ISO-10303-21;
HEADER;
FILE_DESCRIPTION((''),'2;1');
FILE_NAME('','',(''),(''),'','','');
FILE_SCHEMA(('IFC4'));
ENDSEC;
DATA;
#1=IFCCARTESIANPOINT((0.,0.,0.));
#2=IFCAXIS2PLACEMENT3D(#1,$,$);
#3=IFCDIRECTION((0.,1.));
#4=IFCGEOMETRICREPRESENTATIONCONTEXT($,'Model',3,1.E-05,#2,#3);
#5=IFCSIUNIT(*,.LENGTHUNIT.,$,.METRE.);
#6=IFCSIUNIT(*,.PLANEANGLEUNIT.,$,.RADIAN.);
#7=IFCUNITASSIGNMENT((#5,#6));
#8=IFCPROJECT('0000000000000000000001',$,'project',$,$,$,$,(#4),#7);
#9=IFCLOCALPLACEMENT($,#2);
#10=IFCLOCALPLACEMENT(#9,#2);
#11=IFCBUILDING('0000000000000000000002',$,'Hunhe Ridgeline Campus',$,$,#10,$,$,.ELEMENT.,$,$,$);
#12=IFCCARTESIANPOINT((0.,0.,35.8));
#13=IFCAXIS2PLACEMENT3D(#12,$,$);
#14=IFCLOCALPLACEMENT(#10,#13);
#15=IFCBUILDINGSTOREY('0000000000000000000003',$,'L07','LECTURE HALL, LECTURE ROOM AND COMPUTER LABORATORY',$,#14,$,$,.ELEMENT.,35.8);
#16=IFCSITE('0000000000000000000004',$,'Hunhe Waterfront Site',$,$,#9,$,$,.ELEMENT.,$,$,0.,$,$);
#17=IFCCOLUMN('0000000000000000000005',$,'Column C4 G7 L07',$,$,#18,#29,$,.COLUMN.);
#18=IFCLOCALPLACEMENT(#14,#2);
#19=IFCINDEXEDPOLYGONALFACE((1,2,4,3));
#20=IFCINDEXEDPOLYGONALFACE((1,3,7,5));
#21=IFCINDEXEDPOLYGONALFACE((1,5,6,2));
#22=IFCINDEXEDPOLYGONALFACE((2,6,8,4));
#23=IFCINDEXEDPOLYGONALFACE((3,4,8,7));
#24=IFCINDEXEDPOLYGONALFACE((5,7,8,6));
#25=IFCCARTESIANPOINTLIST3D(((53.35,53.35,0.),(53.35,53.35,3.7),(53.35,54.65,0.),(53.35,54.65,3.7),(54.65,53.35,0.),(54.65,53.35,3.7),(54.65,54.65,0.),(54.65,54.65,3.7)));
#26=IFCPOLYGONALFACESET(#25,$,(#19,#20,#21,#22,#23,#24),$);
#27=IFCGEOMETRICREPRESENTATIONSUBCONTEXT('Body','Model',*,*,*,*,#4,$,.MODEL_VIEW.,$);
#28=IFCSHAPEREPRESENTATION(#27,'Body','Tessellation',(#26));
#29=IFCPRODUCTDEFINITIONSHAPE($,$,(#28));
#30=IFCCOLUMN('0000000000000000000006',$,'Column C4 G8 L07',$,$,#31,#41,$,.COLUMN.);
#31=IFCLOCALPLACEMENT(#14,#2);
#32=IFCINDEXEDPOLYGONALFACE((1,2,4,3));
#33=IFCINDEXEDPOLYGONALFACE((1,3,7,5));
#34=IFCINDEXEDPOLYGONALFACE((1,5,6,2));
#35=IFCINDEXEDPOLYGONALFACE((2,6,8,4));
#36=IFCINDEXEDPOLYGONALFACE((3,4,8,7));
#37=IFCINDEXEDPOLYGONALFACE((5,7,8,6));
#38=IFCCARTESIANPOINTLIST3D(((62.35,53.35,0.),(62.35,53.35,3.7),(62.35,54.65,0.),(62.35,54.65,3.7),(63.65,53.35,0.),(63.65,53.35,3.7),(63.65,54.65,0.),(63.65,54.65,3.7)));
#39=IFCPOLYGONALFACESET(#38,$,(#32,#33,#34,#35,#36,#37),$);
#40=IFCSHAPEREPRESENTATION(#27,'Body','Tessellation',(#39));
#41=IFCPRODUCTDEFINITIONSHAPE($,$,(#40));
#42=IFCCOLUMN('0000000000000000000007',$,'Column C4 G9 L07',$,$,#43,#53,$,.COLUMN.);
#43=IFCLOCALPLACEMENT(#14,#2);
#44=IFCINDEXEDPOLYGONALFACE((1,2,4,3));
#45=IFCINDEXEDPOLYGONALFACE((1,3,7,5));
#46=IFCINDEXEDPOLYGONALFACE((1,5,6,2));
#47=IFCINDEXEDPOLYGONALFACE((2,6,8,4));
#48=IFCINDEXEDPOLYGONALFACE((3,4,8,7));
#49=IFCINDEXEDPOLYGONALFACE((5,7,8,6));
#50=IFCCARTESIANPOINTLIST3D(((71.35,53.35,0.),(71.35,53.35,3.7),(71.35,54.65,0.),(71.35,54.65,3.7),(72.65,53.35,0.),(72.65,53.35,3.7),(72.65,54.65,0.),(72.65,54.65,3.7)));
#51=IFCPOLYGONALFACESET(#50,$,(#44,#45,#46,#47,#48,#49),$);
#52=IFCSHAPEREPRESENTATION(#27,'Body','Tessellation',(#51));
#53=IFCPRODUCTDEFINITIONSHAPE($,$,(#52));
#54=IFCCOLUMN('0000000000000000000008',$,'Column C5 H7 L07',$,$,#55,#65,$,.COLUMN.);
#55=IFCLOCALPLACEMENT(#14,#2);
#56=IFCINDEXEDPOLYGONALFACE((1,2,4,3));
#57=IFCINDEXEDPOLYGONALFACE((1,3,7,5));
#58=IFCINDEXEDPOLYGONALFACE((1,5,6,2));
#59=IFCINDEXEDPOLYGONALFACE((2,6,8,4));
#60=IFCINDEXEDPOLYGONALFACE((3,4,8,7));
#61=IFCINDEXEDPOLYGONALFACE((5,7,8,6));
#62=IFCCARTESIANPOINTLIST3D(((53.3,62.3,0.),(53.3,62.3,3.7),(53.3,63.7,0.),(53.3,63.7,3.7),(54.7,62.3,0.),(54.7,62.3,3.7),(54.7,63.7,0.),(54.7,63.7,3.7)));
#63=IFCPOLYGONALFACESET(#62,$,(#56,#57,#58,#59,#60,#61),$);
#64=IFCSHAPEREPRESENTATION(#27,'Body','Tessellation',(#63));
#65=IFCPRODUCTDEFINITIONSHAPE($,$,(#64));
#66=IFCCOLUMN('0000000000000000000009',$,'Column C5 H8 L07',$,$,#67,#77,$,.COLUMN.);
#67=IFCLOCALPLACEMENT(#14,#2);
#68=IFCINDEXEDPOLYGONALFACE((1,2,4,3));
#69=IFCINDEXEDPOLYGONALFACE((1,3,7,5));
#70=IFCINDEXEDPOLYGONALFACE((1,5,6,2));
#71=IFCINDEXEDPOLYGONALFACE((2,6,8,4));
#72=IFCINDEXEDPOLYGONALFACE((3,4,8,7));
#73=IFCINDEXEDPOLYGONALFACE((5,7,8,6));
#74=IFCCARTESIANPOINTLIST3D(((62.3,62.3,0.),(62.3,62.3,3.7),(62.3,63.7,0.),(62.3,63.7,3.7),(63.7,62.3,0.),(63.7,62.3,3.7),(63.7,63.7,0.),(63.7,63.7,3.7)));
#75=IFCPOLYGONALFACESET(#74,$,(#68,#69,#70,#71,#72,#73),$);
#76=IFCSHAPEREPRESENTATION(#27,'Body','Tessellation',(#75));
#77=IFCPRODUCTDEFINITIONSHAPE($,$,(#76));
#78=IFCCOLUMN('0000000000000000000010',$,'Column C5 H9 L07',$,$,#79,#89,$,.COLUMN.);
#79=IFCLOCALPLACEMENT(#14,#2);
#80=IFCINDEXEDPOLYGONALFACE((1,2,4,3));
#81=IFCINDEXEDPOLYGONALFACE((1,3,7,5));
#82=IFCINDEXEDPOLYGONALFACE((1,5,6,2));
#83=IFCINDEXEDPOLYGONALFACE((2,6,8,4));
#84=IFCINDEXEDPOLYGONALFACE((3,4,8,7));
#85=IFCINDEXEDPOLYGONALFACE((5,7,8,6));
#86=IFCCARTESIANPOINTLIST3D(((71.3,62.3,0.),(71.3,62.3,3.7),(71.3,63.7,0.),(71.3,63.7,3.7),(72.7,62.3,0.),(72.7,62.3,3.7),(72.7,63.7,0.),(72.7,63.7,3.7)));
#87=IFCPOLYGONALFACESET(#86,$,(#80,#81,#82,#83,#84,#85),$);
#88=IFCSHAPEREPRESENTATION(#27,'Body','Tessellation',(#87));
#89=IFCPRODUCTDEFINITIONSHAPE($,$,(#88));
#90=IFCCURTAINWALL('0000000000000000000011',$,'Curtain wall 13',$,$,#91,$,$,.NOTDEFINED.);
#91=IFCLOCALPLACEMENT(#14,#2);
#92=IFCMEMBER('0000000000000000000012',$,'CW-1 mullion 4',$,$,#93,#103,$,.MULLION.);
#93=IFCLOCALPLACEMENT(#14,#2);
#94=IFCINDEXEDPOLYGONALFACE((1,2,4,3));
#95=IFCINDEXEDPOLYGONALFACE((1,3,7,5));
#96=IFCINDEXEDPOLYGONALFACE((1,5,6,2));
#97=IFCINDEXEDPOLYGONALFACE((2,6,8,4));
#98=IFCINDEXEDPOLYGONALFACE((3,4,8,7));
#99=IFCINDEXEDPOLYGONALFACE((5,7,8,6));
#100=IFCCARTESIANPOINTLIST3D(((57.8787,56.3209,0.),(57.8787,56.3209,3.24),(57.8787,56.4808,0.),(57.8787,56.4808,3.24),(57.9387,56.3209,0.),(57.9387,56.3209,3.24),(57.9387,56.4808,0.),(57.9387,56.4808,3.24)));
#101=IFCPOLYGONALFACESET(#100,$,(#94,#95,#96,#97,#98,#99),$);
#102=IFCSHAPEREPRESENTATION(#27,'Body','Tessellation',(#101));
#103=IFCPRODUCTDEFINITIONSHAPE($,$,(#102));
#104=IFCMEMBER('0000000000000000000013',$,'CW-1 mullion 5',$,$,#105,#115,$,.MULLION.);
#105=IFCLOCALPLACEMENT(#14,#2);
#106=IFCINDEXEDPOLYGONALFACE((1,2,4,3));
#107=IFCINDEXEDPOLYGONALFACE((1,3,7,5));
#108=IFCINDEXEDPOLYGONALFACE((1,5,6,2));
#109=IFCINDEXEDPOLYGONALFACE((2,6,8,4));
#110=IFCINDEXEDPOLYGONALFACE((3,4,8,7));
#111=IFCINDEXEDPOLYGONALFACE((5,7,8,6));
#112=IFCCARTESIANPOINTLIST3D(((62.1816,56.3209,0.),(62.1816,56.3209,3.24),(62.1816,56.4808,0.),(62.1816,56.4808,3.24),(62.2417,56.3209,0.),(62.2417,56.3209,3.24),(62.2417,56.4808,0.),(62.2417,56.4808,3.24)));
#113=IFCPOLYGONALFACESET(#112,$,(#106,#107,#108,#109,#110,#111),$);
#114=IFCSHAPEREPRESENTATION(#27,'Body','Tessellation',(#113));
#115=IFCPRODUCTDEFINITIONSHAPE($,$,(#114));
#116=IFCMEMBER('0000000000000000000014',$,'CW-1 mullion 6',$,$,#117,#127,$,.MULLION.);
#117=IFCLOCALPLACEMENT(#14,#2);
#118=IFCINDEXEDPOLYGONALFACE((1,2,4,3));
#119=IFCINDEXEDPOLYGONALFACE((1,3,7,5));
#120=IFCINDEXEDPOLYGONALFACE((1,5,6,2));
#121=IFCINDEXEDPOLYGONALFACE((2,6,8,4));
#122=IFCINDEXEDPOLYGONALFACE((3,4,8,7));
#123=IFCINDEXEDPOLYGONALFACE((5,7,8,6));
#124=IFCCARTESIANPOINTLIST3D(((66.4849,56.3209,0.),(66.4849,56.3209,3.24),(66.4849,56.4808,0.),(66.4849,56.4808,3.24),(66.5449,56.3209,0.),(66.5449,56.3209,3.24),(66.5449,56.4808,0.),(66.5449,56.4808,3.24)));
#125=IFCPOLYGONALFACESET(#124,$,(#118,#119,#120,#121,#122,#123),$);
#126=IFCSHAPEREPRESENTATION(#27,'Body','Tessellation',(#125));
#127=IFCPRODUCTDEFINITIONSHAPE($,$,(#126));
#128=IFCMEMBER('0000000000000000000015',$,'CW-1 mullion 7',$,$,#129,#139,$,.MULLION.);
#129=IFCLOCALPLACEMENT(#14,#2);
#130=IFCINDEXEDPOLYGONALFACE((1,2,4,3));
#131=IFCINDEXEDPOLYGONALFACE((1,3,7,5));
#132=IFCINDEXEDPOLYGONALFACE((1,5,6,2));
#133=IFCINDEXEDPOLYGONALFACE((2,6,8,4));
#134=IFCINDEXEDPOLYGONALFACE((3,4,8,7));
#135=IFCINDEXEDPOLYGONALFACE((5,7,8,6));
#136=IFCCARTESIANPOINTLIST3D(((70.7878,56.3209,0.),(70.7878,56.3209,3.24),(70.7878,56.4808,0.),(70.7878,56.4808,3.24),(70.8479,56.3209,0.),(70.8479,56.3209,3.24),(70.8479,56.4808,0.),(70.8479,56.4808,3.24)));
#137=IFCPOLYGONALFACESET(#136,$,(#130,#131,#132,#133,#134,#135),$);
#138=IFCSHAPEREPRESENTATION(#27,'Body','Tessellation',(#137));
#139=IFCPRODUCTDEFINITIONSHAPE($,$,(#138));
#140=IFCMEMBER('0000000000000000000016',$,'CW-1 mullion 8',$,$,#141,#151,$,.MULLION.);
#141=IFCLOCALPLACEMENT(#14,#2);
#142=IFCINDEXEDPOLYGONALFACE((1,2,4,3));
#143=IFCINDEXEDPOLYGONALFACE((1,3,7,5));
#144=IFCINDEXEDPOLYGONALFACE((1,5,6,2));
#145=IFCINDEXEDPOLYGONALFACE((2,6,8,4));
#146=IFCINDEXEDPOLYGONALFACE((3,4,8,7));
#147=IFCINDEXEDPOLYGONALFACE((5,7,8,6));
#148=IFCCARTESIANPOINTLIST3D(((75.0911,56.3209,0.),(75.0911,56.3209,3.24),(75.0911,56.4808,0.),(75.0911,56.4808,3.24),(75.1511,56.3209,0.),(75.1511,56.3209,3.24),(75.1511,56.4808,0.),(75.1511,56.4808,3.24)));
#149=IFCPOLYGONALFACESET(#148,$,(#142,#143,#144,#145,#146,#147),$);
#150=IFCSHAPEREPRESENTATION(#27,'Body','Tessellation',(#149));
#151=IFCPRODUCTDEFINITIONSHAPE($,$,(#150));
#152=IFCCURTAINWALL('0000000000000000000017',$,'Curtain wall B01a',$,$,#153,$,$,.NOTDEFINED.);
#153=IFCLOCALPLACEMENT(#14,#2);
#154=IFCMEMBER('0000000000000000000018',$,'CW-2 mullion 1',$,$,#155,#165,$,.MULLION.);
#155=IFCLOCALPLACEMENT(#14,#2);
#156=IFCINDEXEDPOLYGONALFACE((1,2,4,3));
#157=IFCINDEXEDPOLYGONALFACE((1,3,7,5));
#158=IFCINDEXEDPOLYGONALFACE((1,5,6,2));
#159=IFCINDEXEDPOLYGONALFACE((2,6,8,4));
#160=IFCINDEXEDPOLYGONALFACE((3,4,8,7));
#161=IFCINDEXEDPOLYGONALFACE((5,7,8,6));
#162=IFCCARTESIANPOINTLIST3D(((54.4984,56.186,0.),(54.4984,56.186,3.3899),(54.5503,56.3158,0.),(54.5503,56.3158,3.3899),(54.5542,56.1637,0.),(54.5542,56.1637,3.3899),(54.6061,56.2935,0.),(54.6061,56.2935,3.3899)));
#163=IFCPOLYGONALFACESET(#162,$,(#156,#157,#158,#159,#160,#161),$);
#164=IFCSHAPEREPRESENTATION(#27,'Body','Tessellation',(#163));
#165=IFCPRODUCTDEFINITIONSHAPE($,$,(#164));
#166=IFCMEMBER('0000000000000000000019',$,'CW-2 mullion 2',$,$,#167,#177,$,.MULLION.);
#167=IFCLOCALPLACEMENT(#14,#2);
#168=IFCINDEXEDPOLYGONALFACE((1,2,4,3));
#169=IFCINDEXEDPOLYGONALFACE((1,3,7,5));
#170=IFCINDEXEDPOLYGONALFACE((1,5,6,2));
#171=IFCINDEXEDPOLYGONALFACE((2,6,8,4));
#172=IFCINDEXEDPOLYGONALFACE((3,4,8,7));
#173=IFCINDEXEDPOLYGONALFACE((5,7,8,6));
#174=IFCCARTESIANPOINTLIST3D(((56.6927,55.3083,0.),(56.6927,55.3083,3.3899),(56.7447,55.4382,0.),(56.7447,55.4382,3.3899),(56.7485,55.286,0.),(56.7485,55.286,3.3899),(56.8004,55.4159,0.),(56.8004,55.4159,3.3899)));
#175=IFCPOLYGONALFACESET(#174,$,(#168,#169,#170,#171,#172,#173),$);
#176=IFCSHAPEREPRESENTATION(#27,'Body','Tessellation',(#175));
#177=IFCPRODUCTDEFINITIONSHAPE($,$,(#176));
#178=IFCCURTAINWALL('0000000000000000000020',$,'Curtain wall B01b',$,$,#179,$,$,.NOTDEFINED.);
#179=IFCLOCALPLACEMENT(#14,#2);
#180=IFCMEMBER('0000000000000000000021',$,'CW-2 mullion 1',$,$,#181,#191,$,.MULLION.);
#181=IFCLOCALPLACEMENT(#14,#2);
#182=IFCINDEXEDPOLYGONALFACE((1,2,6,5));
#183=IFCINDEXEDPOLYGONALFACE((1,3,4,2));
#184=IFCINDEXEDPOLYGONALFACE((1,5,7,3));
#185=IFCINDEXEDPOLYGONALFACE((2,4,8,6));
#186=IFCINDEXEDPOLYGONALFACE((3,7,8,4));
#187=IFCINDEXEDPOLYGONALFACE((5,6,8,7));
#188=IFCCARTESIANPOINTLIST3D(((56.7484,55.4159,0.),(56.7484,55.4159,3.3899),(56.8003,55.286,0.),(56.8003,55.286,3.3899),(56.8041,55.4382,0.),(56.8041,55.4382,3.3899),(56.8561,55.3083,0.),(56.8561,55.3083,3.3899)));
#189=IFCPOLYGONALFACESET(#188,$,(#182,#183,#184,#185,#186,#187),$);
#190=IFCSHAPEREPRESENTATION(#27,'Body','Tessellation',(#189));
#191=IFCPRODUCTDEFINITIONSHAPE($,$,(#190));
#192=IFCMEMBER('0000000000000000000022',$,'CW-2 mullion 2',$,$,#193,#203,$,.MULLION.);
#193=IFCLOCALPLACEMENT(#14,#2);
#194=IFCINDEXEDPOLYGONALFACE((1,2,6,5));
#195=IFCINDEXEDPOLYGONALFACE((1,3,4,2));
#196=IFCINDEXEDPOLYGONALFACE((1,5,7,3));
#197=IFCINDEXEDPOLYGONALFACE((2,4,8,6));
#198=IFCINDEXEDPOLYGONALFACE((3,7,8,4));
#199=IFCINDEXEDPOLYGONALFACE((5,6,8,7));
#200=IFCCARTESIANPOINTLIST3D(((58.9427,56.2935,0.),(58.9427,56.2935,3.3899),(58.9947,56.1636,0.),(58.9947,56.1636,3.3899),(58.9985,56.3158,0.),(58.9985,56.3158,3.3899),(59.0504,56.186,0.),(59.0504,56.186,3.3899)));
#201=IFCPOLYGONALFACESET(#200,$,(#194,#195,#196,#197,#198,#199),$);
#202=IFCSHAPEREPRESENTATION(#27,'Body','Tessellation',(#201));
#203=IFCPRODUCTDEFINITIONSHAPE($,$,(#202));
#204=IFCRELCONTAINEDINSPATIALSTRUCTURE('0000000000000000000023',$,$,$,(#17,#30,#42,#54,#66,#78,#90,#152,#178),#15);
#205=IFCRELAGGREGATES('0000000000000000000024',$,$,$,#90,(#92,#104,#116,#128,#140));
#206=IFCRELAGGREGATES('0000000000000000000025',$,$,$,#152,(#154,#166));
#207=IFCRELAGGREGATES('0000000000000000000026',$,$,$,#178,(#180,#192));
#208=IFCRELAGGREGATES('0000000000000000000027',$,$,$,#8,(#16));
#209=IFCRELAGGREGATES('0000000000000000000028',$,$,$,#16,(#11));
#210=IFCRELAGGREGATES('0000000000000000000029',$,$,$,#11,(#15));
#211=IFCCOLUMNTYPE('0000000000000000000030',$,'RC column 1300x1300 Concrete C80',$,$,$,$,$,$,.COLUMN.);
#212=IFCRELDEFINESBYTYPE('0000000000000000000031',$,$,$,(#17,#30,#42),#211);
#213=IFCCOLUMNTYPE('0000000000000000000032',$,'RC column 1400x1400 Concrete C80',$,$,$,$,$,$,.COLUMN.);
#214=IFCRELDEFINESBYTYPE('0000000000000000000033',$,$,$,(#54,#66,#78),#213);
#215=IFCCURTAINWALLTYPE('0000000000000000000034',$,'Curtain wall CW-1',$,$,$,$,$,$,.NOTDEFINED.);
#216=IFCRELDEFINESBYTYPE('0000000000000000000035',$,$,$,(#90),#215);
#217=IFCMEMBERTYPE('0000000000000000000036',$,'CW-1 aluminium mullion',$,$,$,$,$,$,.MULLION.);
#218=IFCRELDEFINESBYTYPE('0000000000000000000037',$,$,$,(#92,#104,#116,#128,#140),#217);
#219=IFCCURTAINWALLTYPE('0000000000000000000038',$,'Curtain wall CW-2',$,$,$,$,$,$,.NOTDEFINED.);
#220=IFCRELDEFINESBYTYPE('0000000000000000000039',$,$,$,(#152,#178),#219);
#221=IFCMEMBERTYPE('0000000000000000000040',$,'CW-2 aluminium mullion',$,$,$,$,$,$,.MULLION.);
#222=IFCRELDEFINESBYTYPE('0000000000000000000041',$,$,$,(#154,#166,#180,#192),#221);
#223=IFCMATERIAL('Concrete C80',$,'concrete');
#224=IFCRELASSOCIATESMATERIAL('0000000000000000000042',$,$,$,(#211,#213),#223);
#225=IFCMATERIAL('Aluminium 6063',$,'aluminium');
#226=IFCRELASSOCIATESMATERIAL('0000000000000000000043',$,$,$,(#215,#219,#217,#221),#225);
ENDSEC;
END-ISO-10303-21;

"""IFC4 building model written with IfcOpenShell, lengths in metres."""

from ifc_helpers import new_model, si_unit, direction, frame, origin, origin_2d, place, context, subcontext, project, spatial, rectangle, extrude, material, material_profile, profile_set, type_object, element, aggregate, save


model = new_model("IFC4")

# Units and contexts
model_context = context("Model", 3, precision=1e-05, world=origin(), true_north=direction((0.0, 1.0)))
body_context = subcontext(model_context, "Body", "Model", "MODEL_VIEW")
ifc_project = project(units=[si_unit("LENGTHUNIT", "METRE"), si_unit("PLANEANGLEUNIT", "RADIAN")], contexts=[model_context])

# Site, building, storey
site_placement = place(None, origin())
site = spatial("IfcSite", under=ifc_project, at=site_placement, Name="Hunhe Waterfront Site", CompositionType="ELEMENT", RefElevation=0.0)
building_placement = place(site_placement, origin())
building = spatial("IfcBuilding", under=site, at=building_placement, Name="Hunhe Ridgeline Campus", CompositionType="ELEMENT")
storey_placement = place(building_placement, frame((0.0, 0.0, 35.8)))
storey = spatial("IfcBuildingStorey", under=building, at=storey_placement, Name="L07", Description="LECTURE HALL, LECTURE ROOM AND COMPUTER LABORATORY", CompositionType="ELEMENT", Elevation=35.8)

# Columns
ifc_material_1 = material(Name="Concrete C80", Category="concrete")
ifc_material_profile_1 = material_profile(ifc_material_1, rectangle(XDim=1.3, YDim=1.3, at=origin_2d()))
ifc_profile_set_1 = profile_set([ifc_material_profile_1], Name="Concrete C80")
column_type_1 = type_object("IfcColumnType", Name="RC column 1300x1300 Concrete C80", PredefinedType="COLUMN", material=ifc_profile_set_1)
for number, where, z_axis, x_axis, name in (
    (1, (54.0, 54.0, 0.0), (0.0, 0.0, 1.0), (1.0, 0.0, 0.0), "Column C4 G7 L07"),
    (2, (63.0, 54.0, 0.0), (0.0, 0.0, 1.0), (1.0, 0.0, 0.0), "Column C4 G8 L07"),
    (3, (72.0, 54.0, 0.0), (0.0, 0.0, 1.0), (1.0, 0.0, 0.0), "Column C4 G9 L07"),
):
    element("IfcColumn", number, at=place(storey_placement, frame(where, z_axis=z_axis, x_axis=x_axis)), inside=storey, type_object=column_type_1, Name=name, PredefinedType="COLUMN", context=body_context, shape_type="SweptSolid", body=[
        extrude(rectangle(XDim=1.3, YDim=1.3, at=origin_2d()), origin(), (0.0, 0.0, 1.0), 3.7),
    ])
ifc_material_profile_2 = material_profile(ifc_material_1, rectangle(XDim=1.3999, YDim=1.3999, at=origin_2d()))
ifc_profile_set_2 = profile_set([ifc_material_profile_2], Name="Concrete C80")
column_type_2 = type_object("IfcColumnType", Name="RC column 1400x1400 Concrete C80", PredefinedType="COLUMN", material=ifc_profile_set_2)
for number, where, z_axis, x_axis, name in (
    (4, (54.0, 63.0, 0.0), (0.0, 0.0, 1.0), (1.0, 0.0, 0.0), "Column C5 H7 L07"),
    (5, (63.0, 63.0, 0.0), (0.0, 0.0, 1.0), (1.0, 0.0, 0.0), "Column C5 H8 L07"),
    (6, (72.0, 63.0, 0.0), (0.0, 0.0, 1.0), (1.0, 0.0, 0.0), "Column C5 H9 L07"),
):
    element("IfcColumn", number, at=place(storey_placement, frame(where, z_axis=z_axis, x_axis=x_axis)), inside=storey, type_object=column_type_2, Name=name, PredefinedType="COLUMN", context=body_context, shape_type="SweptSolid", body=[
        extrude(rectangle(XDim=1.3999, YDim=1.3999, at=origin_2d()), origin(), (0.0, 0.0, 1.0), 3.7),
    ])

# Curtain walls, members
ifc_material_2 = material(Name="Aluminium 6063", Category="aluminium")
curtain_wall_type_1 = type_object("IfcCurtainWallType", Name="Curtain wall CW-1", PredefinedType="NOTDEFINED", material=ifc_material_2)
curtain_wall_1_placement = place(storey_placement, origin())
curtain_wall_1 = element("IfcCurtainWall", 7, at=curtain_wall_1_placement, inside=storey, type_object=curtain_wall_type_1, Name="Curtain wall 13", PredefinedType="NOTDEFINED")
ifc_material_profile_3 = material_profile(ifc_material_2, rectangle(XDim=0.1599, YDim=0.0601, at=origin_2d()))
ifc_profile_set_3 = profile_set([ifc_material_profile_3], Name="Aluminium 6063")
member_type_1 = type_object("IfcMemberType", Name="CW-1 aluminium mullion", PredefinedType="MULLION", material=ifc_profile_set_3)
member_1_placement = place(storey_placement, frame((57.9087, 56.4009, 0.0), z_axis=(0.0, 0.0, 1.0), x_axis=(-0.000004, 1.0, 0.0)))
member_1 = element("IfcMember", 8, at=member_1_placement, type_object=member_type_1, Name="CW-1 mullion 4", PredefinedType="MULLION", context=body_context, shape_type="SweptSolid", body=[
    extrude(rectangle(XDim=0.1599, YDim=0.0601, at=origin_2d()), origin(), (0.0, 0.0, 1.0), 3.24),
])
member_2_placement = place(storey_placement, frame((62.2117, 56.4009, 0.0), z_axis=(0.0, 0.0, 1.0), x_axis=(-0.000004, 1.0, 0.0)))
member_2 = element("IfcMember", 9, at=member_2_placement, type_object=member_type_1, Name="CW-1 mullion 5", PredefinedType="MULLION", context=body_context, shape_type="SweptSolid", body=[
    extrude(rectangle(XDim=0.1599, YDim=0.0601, at=origin_2d()), origin(), (0.0, 0.0, 1.0), 3.24),
])
member_3_placement = place(storey_placement, frame((66.5149, 56.4009, 0.0), z_axis=(0.0, 0.0, 1.0), x_axis=(-0.000004, 1.0, 0.0)))
member_3 = element("IfcMember", 10, at=member_3_placement, type_object=member_type_1, Name="CW-1 mullion 6", PredefinedType="MULLION", context=body_context, shape_type="SweptSolid", body=[
    extrude(rectangle(XDim=0.1599, YDim=0.0601, at=origin_2d()), origin(), (0.0, 0.0, 1.0), 3.24),
])
member_4_placement = place(storey_placement, frame((70.8179, 56.4009, 0.0), z_axis=(0.0, 0.0, 1.0), x_axis=(-0.000004, 1.0, 0.0)))
member_4 = element("IfcMember", 11, at=member_4_placement, type_object=member_type_1, Name="CW-1 mullion 7", PredefinedType="MULLION", context=body_context, shape_type="SweptSolid", body=[
    extrude(rectangle(XDim=0.1599, YDim=0.0601, at=origin_2d()), origin(), (0.0, 0.0, 1.0), 3.24),
])
member_5_placement = place(storey_placement, frame((75.1211, 56.4009, 0.0), z_axis=(0.0, 0.0, 1.0), x_axis=(-0.000004, 1.0, 0.0)))
member_5 = element("IfcMember", 12, at=member_5_placement, type_object=member_type_1, Name="CW-1 mullion 8", PredefinedType="MULLION", context=body_context, shape_type="SweptSolid", body=[
    extrude(rectangle(XDim=0.1599, YDim=0.0601, at=origin_2d()), origin(), (0.0, 0.0, 1.0), 3.24),
])
curtain_wall_type_2 = type_object("IfcCurtainWallType", Name="Curtain wall CW-2", PredefinedType="NOTDEFINED", material=ifc_material_2)
curtain_wall_2_placement = place(storey_placement, origin())
curtain_wall_2 = element("IfcCurtainWall", 13, at=curtain_wall_2_placement, inside=storey, type_object=curtain_wall_type_2, Name="Curtain wall B01a", PredefinedType="NOTDEFINED")
ifc_material_profile_4 = material_profile(ifc_material_2, rectangle(XDim=0.1399, YDim=0.0601, at=origin_2d()))
ifc_profile_set_4 = profile_set([ifc_material_profile_4], Name="Aluminium 6063")
member_type_2 = type_object("IfcMemberType", Name="CW-2 aluminium mullion", PredefinedType="MULLION", material=ifc_profile_set_4)
member_6_placement = place(storey_placement, frame((54.5522, 56.2397, 0.0), z_axis=(0.0, 0.0, 1.0), x_axis=(0.371387, 0.928478, 0.0)))
member_6 = element("IfcMember", 14, at=member_6_placement, type_object=member_type_2, Name="CW-2 mullion 1", PredefinedType="MULLION", context=body_context, shape_type="SweptSolid", body=[
    extrude(rectangle(XDim=0.1399, YDim=0.0601, at=origin_2d()), origin(), (0.0, 0.0, 1.0), 3.3899),
])
member_7_placement = place(storey_placement, frame((56.7466, 55.3621, 0.0), z_axis=(0.0, 0.0, 1.0), x_axis=(0.371387, 0.928478, 0.0)))
member_7 = element("IfcMember", 15, at=member_7_placement, type_object=member_type_2, Name="CW-2 mullion 2", PredefinedType="MULLION", context=body_context, shape_type="SweptSolid", body=[
    extrude(rectangle(XDim=0.1399, YDim=0.0601, at=origin_2d()), origin(), (0.0, 0.0, 1.0), 3.3899),
])
curtain_wall_3_placement = place(storey_placement, origin())
curtain_wall_3 = element("IfcCurtainWall", 16, at=curtain_wall_3_placement, inside=storey, type_object=curtain_wall_type_2, Name="Curtain wall B01b", PredefinedType="NOTDEFINED")
member_8_placement = place(storey_placement, frame((56.8022, 55.3621, 0.0), z_axis=(0.0, 0.0, 1.0), x_axis=(-0.371394, 0.928475, 0.0)))
member_8 = element("IfcMember", 17, at=member_8_placement, type_object=member_type_2, Name="CW-2 mullion 1", PredefinedType="MULLION", context=body_context, shape_type="SweptSolid", body=[
    extrude(rectangle(XDim=0.1399, YDim=0.0601, at=origin_2d()), origin(), (0.0, 0.0, 1.0), 3.3899),
])
member_9_placement = place(storey_placement, frame((58.9966, 56.2397, 0.0), z_axis=(0.0, 0.0, 1.0), x_axis=(-0.371394, 0.928475, 0.0)))
member_9 = element("IfcMember", 18, at=member_9_placement, type_object=member_type_2, Name="CW-2 mullion 2", PredefinedType="MULLION", context=body_context, shape_type="SweptSolid", body=[
    extrude(rectangle(XDim=0.1399, YDim=0.0601, at=origin_2d()), origin(), (0.0, 0.0, 1.0), 3.3899),
])

aggregate(curtain_wall_1, [member_1, member_2, member_3, member_4, member_5])
aggregate(curtain_wall_2, [member_6, member_7])
aggregate(curtain_wall_3, [member_8, member_9])

save(model, "model.ifc")
